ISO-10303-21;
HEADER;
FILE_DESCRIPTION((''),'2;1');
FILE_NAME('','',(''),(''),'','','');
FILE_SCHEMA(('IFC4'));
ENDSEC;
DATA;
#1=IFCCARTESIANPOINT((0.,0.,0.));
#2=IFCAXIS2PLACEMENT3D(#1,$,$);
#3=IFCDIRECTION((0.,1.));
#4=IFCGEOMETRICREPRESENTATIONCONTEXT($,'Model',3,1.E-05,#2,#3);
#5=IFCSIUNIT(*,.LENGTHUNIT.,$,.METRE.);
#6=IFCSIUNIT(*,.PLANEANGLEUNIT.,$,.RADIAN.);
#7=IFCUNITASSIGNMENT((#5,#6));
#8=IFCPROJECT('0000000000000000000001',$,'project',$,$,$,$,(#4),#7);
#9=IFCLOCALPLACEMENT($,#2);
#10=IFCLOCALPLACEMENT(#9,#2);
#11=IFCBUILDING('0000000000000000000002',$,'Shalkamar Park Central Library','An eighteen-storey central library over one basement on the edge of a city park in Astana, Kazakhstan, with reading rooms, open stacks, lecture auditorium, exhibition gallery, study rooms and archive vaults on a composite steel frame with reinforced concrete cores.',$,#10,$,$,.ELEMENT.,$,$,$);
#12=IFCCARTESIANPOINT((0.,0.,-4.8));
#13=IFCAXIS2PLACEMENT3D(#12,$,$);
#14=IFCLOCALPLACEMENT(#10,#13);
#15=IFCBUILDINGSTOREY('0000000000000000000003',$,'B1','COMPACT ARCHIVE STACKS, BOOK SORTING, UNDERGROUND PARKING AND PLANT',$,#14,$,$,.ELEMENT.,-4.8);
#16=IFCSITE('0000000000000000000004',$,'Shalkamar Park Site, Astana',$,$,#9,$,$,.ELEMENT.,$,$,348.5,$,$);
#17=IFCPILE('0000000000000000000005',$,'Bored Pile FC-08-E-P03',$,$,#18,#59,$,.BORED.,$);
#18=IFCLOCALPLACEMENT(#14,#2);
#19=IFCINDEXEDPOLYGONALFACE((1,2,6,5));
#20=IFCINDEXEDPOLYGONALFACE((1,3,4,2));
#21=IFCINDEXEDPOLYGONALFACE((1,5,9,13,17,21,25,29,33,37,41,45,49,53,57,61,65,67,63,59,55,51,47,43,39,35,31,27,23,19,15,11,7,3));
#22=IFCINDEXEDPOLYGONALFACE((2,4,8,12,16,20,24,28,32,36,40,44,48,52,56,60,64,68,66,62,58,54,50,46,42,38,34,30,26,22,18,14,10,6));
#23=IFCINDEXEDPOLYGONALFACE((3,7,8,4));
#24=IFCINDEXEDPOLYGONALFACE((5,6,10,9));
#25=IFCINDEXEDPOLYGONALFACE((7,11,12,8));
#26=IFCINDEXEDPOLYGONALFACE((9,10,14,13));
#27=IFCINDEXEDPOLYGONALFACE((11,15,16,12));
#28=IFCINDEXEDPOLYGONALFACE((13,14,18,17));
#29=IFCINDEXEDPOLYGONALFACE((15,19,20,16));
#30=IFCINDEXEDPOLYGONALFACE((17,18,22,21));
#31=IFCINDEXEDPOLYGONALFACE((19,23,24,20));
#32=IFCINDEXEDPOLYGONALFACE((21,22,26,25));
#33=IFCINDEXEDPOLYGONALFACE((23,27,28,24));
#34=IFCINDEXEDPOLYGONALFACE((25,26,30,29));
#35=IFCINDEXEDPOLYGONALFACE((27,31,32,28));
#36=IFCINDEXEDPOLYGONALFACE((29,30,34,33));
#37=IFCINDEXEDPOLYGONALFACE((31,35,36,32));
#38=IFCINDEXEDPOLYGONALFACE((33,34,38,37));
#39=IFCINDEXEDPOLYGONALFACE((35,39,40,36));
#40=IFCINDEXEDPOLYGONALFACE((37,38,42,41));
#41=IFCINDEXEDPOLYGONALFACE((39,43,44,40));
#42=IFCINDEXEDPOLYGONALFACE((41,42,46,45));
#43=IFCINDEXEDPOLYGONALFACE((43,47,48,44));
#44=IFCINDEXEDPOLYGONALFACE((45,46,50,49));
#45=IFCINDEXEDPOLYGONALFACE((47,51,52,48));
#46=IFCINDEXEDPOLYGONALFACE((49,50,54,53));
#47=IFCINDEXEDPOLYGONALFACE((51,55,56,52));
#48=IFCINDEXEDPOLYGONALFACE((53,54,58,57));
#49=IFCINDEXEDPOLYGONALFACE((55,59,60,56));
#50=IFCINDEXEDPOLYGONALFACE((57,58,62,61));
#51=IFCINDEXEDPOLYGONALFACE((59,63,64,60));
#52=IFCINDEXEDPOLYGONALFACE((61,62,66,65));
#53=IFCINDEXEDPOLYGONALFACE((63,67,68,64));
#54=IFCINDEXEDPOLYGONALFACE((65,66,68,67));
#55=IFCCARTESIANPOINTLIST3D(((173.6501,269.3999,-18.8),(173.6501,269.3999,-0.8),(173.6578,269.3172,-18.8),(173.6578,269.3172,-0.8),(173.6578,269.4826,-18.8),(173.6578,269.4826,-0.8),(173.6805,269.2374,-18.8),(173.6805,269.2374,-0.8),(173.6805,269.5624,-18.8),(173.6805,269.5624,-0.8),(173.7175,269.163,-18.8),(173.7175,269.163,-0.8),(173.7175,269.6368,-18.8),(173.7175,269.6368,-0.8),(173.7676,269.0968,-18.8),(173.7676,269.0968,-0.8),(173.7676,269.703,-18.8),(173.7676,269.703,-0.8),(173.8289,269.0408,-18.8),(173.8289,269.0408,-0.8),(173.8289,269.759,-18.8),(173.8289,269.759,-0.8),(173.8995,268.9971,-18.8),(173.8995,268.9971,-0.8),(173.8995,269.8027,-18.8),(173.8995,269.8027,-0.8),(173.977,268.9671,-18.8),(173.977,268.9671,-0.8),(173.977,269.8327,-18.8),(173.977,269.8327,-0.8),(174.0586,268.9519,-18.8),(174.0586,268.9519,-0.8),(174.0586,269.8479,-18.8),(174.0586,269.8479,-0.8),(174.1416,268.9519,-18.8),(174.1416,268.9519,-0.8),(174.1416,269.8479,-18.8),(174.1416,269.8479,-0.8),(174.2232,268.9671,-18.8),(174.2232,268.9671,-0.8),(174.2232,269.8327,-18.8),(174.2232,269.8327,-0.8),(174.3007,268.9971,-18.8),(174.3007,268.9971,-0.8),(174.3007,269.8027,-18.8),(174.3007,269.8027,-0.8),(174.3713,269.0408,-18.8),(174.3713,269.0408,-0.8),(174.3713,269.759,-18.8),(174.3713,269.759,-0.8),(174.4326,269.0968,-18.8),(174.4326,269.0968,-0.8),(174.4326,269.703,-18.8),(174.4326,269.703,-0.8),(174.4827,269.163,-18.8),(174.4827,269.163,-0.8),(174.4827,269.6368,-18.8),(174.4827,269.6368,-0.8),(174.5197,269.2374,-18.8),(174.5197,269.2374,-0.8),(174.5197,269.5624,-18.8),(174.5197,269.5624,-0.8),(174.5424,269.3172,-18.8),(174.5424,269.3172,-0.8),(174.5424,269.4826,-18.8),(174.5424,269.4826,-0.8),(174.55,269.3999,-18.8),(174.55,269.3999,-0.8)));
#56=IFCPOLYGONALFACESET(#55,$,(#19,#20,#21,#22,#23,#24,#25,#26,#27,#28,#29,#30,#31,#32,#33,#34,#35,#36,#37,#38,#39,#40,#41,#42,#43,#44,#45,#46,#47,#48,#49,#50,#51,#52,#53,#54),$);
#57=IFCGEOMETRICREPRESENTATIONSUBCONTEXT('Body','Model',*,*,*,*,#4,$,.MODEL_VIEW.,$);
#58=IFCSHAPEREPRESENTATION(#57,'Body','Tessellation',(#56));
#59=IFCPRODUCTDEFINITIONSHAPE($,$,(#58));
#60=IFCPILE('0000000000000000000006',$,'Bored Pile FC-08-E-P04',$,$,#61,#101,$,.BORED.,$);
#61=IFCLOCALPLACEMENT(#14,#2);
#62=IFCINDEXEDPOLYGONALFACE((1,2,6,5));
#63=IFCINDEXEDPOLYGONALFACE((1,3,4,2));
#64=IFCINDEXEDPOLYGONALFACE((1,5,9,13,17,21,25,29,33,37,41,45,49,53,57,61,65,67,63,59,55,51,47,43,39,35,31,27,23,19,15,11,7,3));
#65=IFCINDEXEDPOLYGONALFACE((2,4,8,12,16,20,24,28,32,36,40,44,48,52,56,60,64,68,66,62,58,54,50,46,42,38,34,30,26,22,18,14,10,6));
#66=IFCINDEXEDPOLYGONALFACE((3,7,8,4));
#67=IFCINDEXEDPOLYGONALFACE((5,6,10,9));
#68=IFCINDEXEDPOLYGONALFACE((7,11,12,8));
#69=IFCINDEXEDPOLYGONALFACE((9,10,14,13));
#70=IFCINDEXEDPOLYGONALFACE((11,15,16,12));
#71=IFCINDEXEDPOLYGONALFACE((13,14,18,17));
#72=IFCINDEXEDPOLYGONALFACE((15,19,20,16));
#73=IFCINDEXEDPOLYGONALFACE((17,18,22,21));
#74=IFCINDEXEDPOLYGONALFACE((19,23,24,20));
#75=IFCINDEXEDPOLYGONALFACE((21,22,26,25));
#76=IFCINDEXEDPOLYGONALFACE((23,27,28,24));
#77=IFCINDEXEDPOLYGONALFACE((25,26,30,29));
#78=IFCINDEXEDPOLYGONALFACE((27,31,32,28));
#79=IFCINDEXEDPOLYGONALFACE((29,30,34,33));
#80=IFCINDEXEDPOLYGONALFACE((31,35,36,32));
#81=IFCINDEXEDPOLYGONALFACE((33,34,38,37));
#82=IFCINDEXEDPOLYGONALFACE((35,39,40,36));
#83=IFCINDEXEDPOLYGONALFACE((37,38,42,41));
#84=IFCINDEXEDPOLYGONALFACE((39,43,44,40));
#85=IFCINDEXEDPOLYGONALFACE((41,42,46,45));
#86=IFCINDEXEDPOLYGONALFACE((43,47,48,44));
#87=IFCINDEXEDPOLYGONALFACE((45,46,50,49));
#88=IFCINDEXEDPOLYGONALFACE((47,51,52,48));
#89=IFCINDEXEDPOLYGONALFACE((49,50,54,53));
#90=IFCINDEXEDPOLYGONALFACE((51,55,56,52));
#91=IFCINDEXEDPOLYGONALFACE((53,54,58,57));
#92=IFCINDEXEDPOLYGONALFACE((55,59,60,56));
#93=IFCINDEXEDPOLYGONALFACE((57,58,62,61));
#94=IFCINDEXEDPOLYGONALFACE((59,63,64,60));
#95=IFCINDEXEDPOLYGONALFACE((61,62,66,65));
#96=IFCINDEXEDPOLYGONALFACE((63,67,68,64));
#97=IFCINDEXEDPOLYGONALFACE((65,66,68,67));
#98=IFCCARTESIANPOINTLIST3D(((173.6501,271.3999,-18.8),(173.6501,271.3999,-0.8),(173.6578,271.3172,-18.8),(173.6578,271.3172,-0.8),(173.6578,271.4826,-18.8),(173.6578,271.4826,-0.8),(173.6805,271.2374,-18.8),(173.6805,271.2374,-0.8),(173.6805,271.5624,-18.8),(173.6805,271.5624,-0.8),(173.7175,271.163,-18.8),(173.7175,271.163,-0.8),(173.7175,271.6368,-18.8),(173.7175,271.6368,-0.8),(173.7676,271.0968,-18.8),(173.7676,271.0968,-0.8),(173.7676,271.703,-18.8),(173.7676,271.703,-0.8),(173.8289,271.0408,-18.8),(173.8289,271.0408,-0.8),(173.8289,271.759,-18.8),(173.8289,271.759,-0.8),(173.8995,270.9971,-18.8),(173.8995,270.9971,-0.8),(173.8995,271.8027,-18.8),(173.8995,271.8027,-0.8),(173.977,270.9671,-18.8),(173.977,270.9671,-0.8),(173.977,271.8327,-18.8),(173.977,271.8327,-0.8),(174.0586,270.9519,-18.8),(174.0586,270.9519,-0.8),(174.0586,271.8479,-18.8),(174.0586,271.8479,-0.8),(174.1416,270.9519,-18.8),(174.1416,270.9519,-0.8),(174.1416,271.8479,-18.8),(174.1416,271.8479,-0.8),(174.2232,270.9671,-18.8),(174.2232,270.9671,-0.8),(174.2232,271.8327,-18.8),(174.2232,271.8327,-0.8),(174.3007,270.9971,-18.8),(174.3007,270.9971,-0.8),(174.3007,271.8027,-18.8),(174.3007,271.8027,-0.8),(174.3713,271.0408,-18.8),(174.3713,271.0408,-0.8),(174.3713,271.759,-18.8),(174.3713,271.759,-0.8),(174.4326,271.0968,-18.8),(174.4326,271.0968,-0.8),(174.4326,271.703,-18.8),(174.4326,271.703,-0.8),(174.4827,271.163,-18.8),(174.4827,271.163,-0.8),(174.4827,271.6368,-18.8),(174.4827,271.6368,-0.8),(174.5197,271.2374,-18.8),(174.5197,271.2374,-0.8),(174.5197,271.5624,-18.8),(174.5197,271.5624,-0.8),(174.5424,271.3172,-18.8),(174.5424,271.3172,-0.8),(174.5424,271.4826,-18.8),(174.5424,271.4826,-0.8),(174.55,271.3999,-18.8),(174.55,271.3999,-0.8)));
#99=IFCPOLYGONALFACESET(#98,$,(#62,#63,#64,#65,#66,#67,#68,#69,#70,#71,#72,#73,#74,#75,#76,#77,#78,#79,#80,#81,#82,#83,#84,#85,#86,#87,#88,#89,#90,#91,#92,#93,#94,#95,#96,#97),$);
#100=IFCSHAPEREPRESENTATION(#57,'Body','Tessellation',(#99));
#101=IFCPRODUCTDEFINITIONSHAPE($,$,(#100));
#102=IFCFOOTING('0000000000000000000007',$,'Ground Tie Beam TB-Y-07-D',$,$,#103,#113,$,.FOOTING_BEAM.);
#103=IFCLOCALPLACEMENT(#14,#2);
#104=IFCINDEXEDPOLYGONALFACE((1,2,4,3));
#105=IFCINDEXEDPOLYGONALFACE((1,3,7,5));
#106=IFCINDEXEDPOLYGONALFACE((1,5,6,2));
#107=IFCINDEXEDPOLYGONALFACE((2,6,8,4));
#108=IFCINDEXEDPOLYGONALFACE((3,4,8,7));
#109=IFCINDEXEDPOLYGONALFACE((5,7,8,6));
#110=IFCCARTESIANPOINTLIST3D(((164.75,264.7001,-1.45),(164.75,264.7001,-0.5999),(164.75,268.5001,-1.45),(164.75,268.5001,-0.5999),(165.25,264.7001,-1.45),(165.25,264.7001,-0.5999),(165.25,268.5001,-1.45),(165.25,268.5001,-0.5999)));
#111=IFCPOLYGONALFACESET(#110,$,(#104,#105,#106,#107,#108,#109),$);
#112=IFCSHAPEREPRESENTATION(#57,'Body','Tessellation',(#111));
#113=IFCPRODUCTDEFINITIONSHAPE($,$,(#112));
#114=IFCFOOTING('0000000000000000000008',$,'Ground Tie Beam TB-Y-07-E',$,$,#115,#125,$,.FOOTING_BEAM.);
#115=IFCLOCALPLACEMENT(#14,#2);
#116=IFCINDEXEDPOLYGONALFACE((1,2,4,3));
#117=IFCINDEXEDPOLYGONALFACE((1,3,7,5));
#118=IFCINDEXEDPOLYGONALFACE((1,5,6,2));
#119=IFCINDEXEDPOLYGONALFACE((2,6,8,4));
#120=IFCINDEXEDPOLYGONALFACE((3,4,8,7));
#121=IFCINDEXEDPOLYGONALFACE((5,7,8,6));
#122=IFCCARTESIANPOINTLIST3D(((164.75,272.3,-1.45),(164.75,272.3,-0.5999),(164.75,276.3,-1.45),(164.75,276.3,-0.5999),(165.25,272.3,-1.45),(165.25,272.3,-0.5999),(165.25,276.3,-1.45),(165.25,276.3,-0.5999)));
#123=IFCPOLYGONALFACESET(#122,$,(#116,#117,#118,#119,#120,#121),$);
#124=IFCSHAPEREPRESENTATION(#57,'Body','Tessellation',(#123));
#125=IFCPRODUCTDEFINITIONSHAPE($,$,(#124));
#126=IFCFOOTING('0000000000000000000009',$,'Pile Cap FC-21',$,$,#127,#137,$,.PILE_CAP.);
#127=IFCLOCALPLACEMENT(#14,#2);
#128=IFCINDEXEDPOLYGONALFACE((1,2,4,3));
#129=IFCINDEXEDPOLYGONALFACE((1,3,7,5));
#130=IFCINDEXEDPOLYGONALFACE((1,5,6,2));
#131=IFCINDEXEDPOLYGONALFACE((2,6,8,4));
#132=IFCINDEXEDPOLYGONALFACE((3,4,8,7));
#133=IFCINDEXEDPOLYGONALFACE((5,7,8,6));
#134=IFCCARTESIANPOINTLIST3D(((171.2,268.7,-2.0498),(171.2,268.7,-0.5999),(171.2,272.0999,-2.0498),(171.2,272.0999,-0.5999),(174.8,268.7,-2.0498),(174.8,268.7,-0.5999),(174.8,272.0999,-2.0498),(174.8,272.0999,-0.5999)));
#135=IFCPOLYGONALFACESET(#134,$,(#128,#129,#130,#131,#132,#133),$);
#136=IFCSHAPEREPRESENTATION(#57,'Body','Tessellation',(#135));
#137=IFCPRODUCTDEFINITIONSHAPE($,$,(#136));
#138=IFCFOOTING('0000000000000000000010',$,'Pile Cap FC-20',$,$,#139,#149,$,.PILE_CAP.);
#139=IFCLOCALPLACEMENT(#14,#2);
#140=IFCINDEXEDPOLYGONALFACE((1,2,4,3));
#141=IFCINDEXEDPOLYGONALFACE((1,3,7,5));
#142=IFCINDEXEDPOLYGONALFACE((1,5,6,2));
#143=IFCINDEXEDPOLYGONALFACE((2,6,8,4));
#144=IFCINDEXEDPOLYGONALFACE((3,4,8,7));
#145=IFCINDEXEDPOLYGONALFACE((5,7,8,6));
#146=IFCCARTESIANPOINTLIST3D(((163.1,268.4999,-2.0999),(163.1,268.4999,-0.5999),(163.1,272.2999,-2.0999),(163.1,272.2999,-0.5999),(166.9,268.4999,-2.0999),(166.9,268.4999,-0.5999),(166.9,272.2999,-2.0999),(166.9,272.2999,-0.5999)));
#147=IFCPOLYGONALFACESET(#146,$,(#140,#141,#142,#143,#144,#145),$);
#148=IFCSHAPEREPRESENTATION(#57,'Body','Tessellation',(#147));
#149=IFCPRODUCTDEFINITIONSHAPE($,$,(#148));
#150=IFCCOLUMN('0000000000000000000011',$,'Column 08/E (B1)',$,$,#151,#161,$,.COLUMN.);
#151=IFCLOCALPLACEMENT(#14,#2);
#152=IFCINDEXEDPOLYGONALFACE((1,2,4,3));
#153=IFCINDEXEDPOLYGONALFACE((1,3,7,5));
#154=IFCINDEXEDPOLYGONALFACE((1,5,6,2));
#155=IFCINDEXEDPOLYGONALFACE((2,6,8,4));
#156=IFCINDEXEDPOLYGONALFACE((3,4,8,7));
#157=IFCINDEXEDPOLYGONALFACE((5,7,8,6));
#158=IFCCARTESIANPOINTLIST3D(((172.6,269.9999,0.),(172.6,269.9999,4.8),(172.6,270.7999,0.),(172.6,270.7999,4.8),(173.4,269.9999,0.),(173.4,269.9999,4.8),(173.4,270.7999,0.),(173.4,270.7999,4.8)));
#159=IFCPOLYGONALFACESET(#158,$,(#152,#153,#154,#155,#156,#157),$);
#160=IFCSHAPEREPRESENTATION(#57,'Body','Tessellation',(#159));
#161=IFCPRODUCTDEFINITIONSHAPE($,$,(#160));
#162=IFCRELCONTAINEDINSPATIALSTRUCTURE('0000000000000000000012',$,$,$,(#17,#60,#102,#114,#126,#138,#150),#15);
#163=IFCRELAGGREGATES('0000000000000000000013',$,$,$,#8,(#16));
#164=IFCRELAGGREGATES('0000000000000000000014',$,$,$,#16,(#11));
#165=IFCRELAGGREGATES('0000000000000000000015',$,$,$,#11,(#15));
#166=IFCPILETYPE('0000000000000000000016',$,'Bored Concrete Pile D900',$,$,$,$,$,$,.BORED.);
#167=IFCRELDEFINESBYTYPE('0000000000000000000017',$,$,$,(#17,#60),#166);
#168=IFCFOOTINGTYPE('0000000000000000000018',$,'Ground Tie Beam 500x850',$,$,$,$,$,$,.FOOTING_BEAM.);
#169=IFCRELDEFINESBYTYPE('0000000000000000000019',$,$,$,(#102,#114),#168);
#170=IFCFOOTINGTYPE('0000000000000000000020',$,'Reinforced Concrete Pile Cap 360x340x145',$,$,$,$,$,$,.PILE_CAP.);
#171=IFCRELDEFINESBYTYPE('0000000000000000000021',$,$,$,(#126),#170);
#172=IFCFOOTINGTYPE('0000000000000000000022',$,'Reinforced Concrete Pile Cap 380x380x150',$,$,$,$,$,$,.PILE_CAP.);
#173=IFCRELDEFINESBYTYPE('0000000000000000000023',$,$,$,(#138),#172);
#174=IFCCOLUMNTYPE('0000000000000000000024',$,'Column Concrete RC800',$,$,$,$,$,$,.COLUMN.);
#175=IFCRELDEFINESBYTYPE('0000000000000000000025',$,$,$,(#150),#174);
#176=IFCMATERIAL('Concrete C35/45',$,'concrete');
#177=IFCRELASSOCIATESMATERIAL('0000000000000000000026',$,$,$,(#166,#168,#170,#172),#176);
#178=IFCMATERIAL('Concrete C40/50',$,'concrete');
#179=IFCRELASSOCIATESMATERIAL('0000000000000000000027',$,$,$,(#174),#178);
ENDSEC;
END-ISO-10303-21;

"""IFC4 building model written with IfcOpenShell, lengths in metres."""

from ifc_helpers import new_model, si_unit, direction, frame, origin, origin_2d, place, context, subcontext, project, spatial, rectangle, circle, extrude, material, material_profile, profile_set, type_object, element, save


model = new_model("IFC4")

# Units and contexts
model_context = context("Model", 3, precision=1e-05, world=origin(), true_north=direction((0.0, 1.0)))
body_context = subcontext(model_context, "Body", "Model", "MODEL_VIEW")
ifc_project = project(units=[si_unit("LENGTHUNIT", "METRE"), si_unit("PLANEANGLEUNIT", "RADIAN")], contexts=[model_context])

# Site, building, storey
site_placement = place(None, origin())
site = spatial("IfcSite", under=ifc_project, at=site_placement, Name="Shalkamar Park Site, Astana", CompositionType="ELEMENT", RefElevation=348.5)
building_placement = place(site_placement, origin())
building = spatial("IfcBuilding", under=site, at=building_placement, Name="Shalkamar Park Central Library", Description="An eighteen-storey central library over one basement on the edge of a city park in Astana, Kazakhstan, with reading rooms, open stacks, lecture auditorium, exhibition gallery, study rooms and archive vaults on a composite steel frame with reinforced concrete cores.", CompositionType="ELEMENT")
storey_placement = place(building_placement, frame((0.0, 0.0, -4.8)))
storey = spatial("IfcBuildingStorey", under=building, at=storey_placement, Name="B1", Description="COMPACT ARCHIVE STACKS, BOOK SORTING, UNDERGROUND PARKING AND PLANT", CompositionType="ELEMENT", Elevation=-4.8)

# Piles
ifc_material_1 = material(Name="Concrete C35/45", Category="concrete")
ifc_material_profile_1 = material_profile(ifc_material_1, circle(Radius=0.45, at=origin_2d()), Name="PILE D900")
ifc_profile_set_1 = profile_set([ifc_material_profile_1], Name="Concrete C35/45")
pile_type_1 = type_object("IfcPileType", Name="Bored Concrete Pile D900", PredefinedType="BORED", material=ifc_profile_set_1)
for number, where, z_axis, x_axis, name in (
    (1, (174.1001, 269.3999, -0.8), (0.0, 0.0, -1.0), (1.0, 0.0, 0.0), "Bored Pile FC-08-E-P03"),
    (2, (174.1001, 271.3999, -0.8), (0.0, 0.0, -1.0), (1.0, 0.0, 0.0), "Bored Pile FC-08-E-P04"),
):
    element("IfcPile", number, at=place(storey_placement, frame(where, z_axis=z_axis, x_axis=x_axis)), inside=storey, type_object=pile_type_1, Name=name, PredefinedType="BORED", context=body_context, shape_type="SweptSolid", body=[
        extrude(circle(Radius=0.45, at=origin_2d()), origin(), (0.0, 0.0, 1.0), 18.0),
    ])

# Footings
footing_type_1 = type_object("IfcFootingType", Name="Ground Tie Beam 500x850", PredefinedType="FOOTING_BEAM", material=ifc_material_1)
footing_1_placement = place(storey_placement, frame((165.0, 266.6001, -1.45), z_axis=(0.0, 0.0, 1.0), x_axis=(0.0, 1.0, 0.0)))
element("IfcFooting", 3, at=footing_1_placement, inside=storey, type_object=footing_type_1, Name="Ground Tie Beam TB-Y-07-D", PredefinedType="FOOTING_BEAM", context=body_context, shape_type="SweptSolid", body=[
    extrude(rectangle(XDim=3.8, YDim=0.5, at=origin_2d()), origin(), (0.0, 0.0, 1.0), 0.8501),
])
footing_2_placement = place(storey_placement, frame((165.0, 274.3, -1.45), z_axis=(0.0, 0.0, 1.0), x_axis=(0.0, 1.0, 0.0)))
element("IfcFooting", 4, at=footing_2_placement, inside=storey, type_object=footing_type_1, Name="Ground Tie Beam TB-Y-07-E", PredefinedType="FOOTING_BEAM", context=body_context, shape_type="SweptSolid", body=[
    extrude(rectangle(XDim=4.0, YDim=0.5, at=origin_2d()), origin(), (0.0, 0.0, 1.0), 0.8501),
])
footing_type_2 = type_object("IfcFootingType", Name="Reinforced Concrete Pile Cap 360x340x145", PredefinedType="PILE_CAP", material=ifc_material_1)
footing_3_placement = place(storey_placement, frame((173.0, 270.3999, -2.0498), z_axis=(0.0, 0.0, 1.0), x_axis=(1.0, 0.0, 0.0)))
element("IfcFooting", 5, at=footing_3_placement, inside=storey, type_object=footing_type_2, Name="Pile Cap FC-21", PredefinedType="PILE_CAP", context=body_context, shape_type="SweptSolid", body=[
    extrude(rectangle(XDim=3.6001, YDim=3.3999, at=origin_2d()), origin(), (0.0, 0.0, 1.0), 1.45),
])
footing_type_3 = type_object("IfcFootingType", Name="Reinforced Concrete Pile Cap 380x380x150", PredefinedType="PILE_CAP", material=ifc_material_1)
footing_4_placement = place(storey_placement, frame((165.0, 270.3999, -2.0999), z_axis=(0.0, 0.0, 1.0), x_axis=(1.0, 0.0, 0.0)))
element("IfcFooting", 6, at=footing_4_placement, inside=storey, type_object=footing_type_3, Name="Pile Cap FC-20", PredefinedType="PILE_CAP", context=body_context, shape_type="SweptSolid", body=[
    extrude(rectangle(XDim=3.8, YDim=3.8, at=origin_2d()), origin(), (0.0, 0.0, 1.0), 1.5),
])

# Column
ifc_material_2 = material(Name="Concrete C40/50", Category="concrete")
ifc_material_profile_2 = material_profile(ifc_material_2, rectangle(XDim=0.8, YDim=0.8, at=origin_2d()), Name="RC 800x800")
ifc_profile_set_2 = profile_set([ifc_material_profile_2], Name="Concrete C40/50")
column_type_1 = type_object("IfcColumnType", Name="Column Concrete RC800", PredefinedType="COLUMN", material=ifc_profile_set_2)
column_1_placement = place(storey_placement, frame((173.0, 270.3999, 0.0), z_axis=(0.0, 0.0, 1.0), x_axis=(1.0, 0.0, 0.0)))
element("IfcColumn", 7, at=column_1_placement, inside=storey, type_object=column_type_1, Name="Column 08/E (B1)", PredefinedType="COLUMN", context=body_context, shape_type="SweptSolid", body=[
    extrude(rectangle(XDim=0.8, YDim=0.8, at=origin_2d()), origin(), (0.0, 0.0, 1.0), 4.8),
])

save(model, "model.ifc")
